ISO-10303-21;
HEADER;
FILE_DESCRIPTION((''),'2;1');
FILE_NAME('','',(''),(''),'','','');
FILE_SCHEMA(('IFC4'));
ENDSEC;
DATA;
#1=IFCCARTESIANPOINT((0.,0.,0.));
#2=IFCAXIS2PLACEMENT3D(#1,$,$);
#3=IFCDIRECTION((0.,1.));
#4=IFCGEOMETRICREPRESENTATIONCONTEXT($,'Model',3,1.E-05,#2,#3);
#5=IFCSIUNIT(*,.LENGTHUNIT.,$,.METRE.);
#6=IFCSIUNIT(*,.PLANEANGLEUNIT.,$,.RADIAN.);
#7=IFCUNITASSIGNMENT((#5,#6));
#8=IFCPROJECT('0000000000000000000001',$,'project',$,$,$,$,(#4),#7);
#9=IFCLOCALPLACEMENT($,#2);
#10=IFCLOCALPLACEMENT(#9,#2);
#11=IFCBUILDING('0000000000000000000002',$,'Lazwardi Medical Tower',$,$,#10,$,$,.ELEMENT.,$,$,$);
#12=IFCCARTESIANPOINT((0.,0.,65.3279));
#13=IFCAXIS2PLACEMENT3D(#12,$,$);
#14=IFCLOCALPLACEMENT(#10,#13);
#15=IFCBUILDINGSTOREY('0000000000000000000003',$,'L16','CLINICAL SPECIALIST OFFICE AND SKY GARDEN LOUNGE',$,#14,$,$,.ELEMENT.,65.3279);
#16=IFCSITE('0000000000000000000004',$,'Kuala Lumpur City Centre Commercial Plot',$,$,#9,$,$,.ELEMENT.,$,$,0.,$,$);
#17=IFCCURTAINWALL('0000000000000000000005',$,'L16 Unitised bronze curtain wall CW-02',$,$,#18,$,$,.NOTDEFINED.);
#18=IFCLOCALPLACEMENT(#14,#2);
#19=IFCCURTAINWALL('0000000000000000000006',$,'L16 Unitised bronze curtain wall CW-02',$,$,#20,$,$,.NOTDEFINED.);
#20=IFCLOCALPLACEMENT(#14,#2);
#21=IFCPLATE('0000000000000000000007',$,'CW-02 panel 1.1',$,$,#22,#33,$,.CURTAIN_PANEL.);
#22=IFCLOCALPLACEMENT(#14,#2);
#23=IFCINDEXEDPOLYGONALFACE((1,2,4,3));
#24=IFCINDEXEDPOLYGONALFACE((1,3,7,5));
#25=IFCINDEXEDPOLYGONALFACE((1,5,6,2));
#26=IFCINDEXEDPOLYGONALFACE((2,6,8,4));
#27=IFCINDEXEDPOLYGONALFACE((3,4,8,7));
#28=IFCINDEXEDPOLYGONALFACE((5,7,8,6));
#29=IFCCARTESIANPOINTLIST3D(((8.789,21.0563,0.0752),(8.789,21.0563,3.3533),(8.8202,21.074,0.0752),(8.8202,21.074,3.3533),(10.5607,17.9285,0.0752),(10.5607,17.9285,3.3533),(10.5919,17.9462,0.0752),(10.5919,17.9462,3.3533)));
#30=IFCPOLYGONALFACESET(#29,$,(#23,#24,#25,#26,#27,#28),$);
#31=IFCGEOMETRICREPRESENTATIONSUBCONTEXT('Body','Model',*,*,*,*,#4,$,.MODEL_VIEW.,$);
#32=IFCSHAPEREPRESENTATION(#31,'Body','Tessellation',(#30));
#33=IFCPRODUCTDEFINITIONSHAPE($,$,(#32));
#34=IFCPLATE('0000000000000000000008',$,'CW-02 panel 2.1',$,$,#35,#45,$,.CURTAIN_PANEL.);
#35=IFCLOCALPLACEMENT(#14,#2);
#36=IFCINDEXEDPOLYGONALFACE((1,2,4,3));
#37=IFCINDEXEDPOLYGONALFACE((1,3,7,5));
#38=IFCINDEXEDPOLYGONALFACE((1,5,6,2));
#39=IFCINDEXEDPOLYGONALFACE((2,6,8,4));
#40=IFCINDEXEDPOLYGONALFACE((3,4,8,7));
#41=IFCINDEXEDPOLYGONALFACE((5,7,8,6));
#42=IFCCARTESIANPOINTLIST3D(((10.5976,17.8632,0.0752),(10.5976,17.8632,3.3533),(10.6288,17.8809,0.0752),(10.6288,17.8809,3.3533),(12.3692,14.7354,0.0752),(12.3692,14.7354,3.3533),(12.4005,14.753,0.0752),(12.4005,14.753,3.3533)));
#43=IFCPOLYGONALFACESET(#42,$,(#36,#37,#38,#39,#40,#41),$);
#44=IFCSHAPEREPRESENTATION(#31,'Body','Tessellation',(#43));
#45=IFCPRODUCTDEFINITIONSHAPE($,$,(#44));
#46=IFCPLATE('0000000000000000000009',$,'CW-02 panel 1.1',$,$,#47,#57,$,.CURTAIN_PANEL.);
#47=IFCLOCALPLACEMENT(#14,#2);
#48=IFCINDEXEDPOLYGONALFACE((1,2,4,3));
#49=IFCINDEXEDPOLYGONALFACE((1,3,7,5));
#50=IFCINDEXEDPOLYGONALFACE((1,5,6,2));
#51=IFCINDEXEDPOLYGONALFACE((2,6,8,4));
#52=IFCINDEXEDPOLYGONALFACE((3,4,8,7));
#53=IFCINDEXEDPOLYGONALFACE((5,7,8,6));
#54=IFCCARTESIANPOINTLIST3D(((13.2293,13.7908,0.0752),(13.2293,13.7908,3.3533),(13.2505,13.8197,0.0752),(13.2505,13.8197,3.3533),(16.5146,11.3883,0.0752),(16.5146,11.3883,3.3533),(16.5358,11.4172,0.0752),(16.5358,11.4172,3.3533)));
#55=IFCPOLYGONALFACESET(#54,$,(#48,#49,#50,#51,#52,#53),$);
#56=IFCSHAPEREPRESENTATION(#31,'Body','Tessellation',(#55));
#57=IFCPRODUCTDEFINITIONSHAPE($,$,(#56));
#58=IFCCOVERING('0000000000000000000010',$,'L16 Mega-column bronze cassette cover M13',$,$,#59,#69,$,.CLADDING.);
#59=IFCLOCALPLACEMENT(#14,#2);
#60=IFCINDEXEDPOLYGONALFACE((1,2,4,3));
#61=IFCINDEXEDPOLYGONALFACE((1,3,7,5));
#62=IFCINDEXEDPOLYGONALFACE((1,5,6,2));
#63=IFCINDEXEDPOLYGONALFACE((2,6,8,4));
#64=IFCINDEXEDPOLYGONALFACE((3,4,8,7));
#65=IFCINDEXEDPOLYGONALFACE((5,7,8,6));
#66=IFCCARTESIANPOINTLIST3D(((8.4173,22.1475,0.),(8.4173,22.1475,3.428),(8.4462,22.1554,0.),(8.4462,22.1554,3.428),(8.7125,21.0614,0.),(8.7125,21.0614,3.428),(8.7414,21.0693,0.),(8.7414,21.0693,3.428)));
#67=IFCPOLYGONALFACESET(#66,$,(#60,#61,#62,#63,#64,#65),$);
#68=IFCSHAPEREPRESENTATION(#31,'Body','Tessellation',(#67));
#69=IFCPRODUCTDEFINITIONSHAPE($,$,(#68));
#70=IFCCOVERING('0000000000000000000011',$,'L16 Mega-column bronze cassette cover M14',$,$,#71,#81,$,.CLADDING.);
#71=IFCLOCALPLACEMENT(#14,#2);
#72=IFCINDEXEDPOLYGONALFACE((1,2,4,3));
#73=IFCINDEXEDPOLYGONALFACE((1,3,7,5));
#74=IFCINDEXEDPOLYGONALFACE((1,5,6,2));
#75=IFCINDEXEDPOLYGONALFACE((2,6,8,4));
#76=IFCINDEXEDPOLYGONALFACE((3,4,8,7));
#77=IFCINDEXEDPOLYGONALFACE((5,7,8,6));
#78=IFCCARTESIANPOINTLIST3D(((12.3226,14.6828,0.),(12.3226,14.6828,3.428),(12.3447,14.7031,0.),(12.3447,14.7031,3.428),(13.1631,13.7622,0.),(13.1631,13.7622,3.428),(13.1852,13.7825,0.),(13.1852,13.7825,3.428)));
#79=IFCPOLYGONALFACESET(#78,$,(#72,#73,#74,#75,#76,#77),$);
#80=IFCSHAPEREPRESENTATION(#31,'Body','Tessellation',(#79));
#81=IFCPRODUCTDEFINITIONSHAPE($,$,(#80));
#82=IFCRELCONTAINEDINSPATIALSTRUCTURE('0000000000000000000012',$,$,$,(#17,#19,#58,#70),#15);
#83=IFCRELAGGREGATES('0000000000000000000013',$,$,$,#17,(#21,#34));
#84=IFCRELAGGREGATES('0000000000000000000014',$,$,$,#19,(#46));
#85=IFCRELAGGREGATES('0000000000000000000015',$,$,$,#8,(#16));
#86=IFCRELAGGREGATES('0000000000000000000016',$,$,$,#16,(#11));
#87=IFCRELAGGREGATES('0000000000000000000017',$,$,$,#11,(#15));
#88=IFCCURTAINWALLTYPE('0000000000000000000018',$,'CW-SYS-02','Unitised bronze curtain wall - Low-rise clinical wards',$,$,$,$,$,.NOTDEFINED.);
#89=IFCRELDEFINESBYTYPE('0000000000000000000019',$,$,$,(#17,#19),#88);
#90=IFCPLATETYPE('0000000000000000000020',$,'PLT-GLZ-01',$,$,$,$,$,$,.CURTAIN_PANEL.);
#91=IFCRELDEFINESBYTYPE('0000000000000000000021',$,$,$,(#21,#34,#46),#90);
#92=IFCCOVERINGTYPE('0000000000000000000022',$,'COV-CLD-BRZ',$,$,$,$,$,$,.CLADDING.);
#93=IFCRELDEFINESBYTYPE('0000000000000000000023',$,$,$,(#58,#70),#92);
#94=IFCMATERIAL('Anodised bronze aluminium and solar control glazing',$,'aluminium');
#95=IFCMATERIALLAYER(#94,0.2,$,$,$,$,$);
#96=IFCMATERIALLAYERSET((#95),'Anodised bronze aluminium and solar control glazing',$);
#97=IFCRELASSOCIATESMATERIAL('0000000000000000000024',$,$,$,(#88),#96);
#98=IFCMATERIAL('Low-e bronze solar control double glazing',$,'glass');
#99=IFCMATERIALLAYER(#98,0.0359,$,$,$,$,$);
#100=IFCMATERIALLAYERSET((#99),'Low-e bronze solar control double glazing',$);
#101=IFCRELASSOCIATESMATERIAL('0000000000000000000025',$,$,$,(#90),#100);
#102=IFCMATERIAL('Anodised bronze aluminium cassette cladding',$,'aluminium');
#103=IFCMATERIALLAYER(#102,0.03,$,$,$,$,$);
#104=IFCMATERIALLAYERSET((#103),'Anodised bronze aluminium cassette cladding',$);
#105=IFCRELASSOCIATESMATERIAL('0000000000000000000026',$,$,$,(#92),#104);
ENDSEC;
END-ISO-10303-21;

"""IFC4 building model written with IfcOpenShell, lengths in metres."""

from ifc_helpers import new_model, si_unit, direction, frame, origin, origin_2d, place, context, subcontext, project, spatial, rectangle, extrude, material, layer, layer_set, type_object, element, aggregate, save


model = new_model("IFC4")

# Units and contexts
model_context = context("Model", 3, precision=1e-05, world=origin(), true_north=direction((0.0, 1.0)))
body_context = subcontext(model_context, "Body", "Model", "MODEL_VIEW")
ifc_project = project(units=[si_unit("LENGTHUNIT", "METRE"), si_unit("PLANEANGLEUNIT", "RADIAN")], contexts=[model_context])

# Site, building, storey
site_placement = place(None, origin())
site = spatial("IfcSite", under=ifc_project, at=site_placement, Name="Kuala Lumpur City Centre Commercial Plot", CompositionType="ELEMENT", RefElevation=0.0)
building_placement = place(site_placement, origin())
building = spatial("IfcBuilding", under=site, at=building_placement, Name="Lazwardi Medical Tower", CompositionType="ELEMENT")
storey_placement = place(building_placement, frame((0.0, 0.0, 65.3279)))
storey = spatial("IfcBuildingStorey", under=building, at=storey_placement, Name="L16", Description="CLINICAL SPECIALIST OFFICE AND SKY GARDEN LOUNGE", CompositionType="ELEMENT", Elevation=65.3279)

# Curtain walls
ifc_material_1 = material(Name="Anodised bronze aluminium and solar control glazing", Category="aluminium")
ifc_layer_1 = layer(ifc_material_1, 0.2)
ifc_layer_set_1 = layer_set([ifc_layer_1], Name="Anodised bronze aluminium and solar control glazing")
curtain_wall_type = type_object("IfcCurtainWallType", Name="CW-SYS-02", Description="Unitised bronze curtain wall - Low-rise clinical wards", PredefinedType="NOTDEFINED", material=ifc_layer_set_1)
curtain_wall_1_placement = place(storey_placement, origin())
curtain_wall_1 = element("IfcCurtainWall", 1, at=curtain_wall_1_placement, inside=storey, type_object=curtain_wall_type, Name="L16 Unitised bronze curtain wall CW-02", PredefinedType="NOTDEFINED")
curtain_wall_2_placement = place(storey_placement, origin())
curtain_wall_2 = element("IfcCurtainWall", 2, at=curtain_wall_2_placement, inside=storey, type_object=curtain_wall_type, Name="L16 Unitised bronze curtain wall CW-02", PredefinedType="NOTDEFINED")

# Plates
ifc_material_2 = material(Name="Low-e bronze solar control double glazing", Category="glass")
ifc_layer_2 = layer(ifc_material_2, 0.0359)
ifc_layer_set_2 = layer_set([ifc_layer_2], Name="Low-e bronze solar control double glazing")
plate_type = type_object("IfcPlateType", Name="PLT-GLZ-01", PredefinedType="CURTAIN_PANEL", material=ifc_layer_set_2)
plate_1_placement = place(storey_placement, frame((9.6904, 19.5012, 0.0752), z_axis=(0.0, 0.0, 1.0), x_axis=(0.492854, -0.870112, 0.0)))
plate_1 = element("IfcPlate", 3, at=plate_1_placement, type_object=plate_type, Name="CW-02 panel 1.1", PredefinedType="CURTAIN_PANEL", context=body_context, shape_type="SweptSolid", body=[
    extrude(rectangle(XDim=3.5947, YDim=0.0359, at=origin_2d()), origin(), (0.0, 0.0, 1.0), 3.2781),
])
plate_2_placement = place(storey_placement, frame((11.499, 16.3081, 0.0752), z_axis=(0.0, 0.0, 1.0), x_axis=(0.492854, -0.870112, 0.0)))
plate_2 = element("IfcPlate", 4, at=plate_2_placement, type_object=plate_type, Name="CW-02 panel 2.1", PredefinedType="CURTAIN_PANEL", context=body_context, shape_type="SweptSolid", body=[
    extrude(rectangle(XDim=3.5947, YDim=0.0359, at=origin_2d()), origin(), (0.0, 0.0, 1.0), 3.2781),
])
aggregate(curtain_wall_1, [plate_1, plate_2])
plate_3_placement = place(storey_placement, frame((14.8826, 12.604, 0.0752), z_axis=(0.0, 0.0, 1.0), x_axis=(0.807192, -0.590289, 0.0)))
plate_3 = element("IfcPlate", 5, at=plate_3_placement, type_object=plate_type, Name="CW-02 panel 1.1", PredefinedType="CURTAIN_PANEL", context=body_context, shape_type="SweptSolid", body=[
    extrude(rectangle(XDim=4.0701, YDim=0.0359, at=origin_2d()), origin(), (0.0, 0.0, 1.0), 3.2781),
])
aggregate(curtain_wall_2, [plate_3])

# Coverings
ifc_material_3 = material(Name="Anodised bronze aluminium cassette cladding", Category="aluminium")
ifc_layer_3 = layer(ifc_material_3, 0.03)
ifc_layer_set_3 = layer_set([ifc_layer_3], Name="Anodised bronze aluminium cassette cladding")
covering_type = type_object("IfcCoveringType", Name="COV-CLD-BRZ", PredefinedType="CLADDING", material=ifc_layer_set_3)
covering_1_placement = place(storey_placement, frame((8.5793, 21.6084, 0.0), z_axis=(0.0, 0.0, 1.0), x_axis=(0.262283, -0.964991, 0.0)))
element("IfcCovering", 6, at=covering_1_placement, inside=storey, type_object=covering_type, Name="L16 Mega-column bronze cassette cover M13", PredefinedType="CLADDING", context=body_context, shape_type="SweptSolid", body=[
    extrude(rectangle(XDim=1.1255, YDim=0.03, at=origin_2d()), origin(), (0.0, 0.0, 1.0), 3.428),
])
covering_2_placement = place(storey_placement, frame((12.7539, 14.2327, 0.0), z_axis=(0.0, 0.0, 1.0), x_axis=(0.674252, -0.738501, 0.0)))
element("IfcCovering", 7, at=covering_2_placement, inside=storey, type_object=covering_type, Name="L16 Mega-column bronze cassette cover M14", PredefinedType="CLADDING", context=body_context, shape_type="SweptSolid", body=[
    extrude(rectangle(XDim=1.2466, YDim=0.03, at=origin_2d()), origin(), (0.0, 0.0, 1.0), 3.428),
])

save(model, "model.ifc")
